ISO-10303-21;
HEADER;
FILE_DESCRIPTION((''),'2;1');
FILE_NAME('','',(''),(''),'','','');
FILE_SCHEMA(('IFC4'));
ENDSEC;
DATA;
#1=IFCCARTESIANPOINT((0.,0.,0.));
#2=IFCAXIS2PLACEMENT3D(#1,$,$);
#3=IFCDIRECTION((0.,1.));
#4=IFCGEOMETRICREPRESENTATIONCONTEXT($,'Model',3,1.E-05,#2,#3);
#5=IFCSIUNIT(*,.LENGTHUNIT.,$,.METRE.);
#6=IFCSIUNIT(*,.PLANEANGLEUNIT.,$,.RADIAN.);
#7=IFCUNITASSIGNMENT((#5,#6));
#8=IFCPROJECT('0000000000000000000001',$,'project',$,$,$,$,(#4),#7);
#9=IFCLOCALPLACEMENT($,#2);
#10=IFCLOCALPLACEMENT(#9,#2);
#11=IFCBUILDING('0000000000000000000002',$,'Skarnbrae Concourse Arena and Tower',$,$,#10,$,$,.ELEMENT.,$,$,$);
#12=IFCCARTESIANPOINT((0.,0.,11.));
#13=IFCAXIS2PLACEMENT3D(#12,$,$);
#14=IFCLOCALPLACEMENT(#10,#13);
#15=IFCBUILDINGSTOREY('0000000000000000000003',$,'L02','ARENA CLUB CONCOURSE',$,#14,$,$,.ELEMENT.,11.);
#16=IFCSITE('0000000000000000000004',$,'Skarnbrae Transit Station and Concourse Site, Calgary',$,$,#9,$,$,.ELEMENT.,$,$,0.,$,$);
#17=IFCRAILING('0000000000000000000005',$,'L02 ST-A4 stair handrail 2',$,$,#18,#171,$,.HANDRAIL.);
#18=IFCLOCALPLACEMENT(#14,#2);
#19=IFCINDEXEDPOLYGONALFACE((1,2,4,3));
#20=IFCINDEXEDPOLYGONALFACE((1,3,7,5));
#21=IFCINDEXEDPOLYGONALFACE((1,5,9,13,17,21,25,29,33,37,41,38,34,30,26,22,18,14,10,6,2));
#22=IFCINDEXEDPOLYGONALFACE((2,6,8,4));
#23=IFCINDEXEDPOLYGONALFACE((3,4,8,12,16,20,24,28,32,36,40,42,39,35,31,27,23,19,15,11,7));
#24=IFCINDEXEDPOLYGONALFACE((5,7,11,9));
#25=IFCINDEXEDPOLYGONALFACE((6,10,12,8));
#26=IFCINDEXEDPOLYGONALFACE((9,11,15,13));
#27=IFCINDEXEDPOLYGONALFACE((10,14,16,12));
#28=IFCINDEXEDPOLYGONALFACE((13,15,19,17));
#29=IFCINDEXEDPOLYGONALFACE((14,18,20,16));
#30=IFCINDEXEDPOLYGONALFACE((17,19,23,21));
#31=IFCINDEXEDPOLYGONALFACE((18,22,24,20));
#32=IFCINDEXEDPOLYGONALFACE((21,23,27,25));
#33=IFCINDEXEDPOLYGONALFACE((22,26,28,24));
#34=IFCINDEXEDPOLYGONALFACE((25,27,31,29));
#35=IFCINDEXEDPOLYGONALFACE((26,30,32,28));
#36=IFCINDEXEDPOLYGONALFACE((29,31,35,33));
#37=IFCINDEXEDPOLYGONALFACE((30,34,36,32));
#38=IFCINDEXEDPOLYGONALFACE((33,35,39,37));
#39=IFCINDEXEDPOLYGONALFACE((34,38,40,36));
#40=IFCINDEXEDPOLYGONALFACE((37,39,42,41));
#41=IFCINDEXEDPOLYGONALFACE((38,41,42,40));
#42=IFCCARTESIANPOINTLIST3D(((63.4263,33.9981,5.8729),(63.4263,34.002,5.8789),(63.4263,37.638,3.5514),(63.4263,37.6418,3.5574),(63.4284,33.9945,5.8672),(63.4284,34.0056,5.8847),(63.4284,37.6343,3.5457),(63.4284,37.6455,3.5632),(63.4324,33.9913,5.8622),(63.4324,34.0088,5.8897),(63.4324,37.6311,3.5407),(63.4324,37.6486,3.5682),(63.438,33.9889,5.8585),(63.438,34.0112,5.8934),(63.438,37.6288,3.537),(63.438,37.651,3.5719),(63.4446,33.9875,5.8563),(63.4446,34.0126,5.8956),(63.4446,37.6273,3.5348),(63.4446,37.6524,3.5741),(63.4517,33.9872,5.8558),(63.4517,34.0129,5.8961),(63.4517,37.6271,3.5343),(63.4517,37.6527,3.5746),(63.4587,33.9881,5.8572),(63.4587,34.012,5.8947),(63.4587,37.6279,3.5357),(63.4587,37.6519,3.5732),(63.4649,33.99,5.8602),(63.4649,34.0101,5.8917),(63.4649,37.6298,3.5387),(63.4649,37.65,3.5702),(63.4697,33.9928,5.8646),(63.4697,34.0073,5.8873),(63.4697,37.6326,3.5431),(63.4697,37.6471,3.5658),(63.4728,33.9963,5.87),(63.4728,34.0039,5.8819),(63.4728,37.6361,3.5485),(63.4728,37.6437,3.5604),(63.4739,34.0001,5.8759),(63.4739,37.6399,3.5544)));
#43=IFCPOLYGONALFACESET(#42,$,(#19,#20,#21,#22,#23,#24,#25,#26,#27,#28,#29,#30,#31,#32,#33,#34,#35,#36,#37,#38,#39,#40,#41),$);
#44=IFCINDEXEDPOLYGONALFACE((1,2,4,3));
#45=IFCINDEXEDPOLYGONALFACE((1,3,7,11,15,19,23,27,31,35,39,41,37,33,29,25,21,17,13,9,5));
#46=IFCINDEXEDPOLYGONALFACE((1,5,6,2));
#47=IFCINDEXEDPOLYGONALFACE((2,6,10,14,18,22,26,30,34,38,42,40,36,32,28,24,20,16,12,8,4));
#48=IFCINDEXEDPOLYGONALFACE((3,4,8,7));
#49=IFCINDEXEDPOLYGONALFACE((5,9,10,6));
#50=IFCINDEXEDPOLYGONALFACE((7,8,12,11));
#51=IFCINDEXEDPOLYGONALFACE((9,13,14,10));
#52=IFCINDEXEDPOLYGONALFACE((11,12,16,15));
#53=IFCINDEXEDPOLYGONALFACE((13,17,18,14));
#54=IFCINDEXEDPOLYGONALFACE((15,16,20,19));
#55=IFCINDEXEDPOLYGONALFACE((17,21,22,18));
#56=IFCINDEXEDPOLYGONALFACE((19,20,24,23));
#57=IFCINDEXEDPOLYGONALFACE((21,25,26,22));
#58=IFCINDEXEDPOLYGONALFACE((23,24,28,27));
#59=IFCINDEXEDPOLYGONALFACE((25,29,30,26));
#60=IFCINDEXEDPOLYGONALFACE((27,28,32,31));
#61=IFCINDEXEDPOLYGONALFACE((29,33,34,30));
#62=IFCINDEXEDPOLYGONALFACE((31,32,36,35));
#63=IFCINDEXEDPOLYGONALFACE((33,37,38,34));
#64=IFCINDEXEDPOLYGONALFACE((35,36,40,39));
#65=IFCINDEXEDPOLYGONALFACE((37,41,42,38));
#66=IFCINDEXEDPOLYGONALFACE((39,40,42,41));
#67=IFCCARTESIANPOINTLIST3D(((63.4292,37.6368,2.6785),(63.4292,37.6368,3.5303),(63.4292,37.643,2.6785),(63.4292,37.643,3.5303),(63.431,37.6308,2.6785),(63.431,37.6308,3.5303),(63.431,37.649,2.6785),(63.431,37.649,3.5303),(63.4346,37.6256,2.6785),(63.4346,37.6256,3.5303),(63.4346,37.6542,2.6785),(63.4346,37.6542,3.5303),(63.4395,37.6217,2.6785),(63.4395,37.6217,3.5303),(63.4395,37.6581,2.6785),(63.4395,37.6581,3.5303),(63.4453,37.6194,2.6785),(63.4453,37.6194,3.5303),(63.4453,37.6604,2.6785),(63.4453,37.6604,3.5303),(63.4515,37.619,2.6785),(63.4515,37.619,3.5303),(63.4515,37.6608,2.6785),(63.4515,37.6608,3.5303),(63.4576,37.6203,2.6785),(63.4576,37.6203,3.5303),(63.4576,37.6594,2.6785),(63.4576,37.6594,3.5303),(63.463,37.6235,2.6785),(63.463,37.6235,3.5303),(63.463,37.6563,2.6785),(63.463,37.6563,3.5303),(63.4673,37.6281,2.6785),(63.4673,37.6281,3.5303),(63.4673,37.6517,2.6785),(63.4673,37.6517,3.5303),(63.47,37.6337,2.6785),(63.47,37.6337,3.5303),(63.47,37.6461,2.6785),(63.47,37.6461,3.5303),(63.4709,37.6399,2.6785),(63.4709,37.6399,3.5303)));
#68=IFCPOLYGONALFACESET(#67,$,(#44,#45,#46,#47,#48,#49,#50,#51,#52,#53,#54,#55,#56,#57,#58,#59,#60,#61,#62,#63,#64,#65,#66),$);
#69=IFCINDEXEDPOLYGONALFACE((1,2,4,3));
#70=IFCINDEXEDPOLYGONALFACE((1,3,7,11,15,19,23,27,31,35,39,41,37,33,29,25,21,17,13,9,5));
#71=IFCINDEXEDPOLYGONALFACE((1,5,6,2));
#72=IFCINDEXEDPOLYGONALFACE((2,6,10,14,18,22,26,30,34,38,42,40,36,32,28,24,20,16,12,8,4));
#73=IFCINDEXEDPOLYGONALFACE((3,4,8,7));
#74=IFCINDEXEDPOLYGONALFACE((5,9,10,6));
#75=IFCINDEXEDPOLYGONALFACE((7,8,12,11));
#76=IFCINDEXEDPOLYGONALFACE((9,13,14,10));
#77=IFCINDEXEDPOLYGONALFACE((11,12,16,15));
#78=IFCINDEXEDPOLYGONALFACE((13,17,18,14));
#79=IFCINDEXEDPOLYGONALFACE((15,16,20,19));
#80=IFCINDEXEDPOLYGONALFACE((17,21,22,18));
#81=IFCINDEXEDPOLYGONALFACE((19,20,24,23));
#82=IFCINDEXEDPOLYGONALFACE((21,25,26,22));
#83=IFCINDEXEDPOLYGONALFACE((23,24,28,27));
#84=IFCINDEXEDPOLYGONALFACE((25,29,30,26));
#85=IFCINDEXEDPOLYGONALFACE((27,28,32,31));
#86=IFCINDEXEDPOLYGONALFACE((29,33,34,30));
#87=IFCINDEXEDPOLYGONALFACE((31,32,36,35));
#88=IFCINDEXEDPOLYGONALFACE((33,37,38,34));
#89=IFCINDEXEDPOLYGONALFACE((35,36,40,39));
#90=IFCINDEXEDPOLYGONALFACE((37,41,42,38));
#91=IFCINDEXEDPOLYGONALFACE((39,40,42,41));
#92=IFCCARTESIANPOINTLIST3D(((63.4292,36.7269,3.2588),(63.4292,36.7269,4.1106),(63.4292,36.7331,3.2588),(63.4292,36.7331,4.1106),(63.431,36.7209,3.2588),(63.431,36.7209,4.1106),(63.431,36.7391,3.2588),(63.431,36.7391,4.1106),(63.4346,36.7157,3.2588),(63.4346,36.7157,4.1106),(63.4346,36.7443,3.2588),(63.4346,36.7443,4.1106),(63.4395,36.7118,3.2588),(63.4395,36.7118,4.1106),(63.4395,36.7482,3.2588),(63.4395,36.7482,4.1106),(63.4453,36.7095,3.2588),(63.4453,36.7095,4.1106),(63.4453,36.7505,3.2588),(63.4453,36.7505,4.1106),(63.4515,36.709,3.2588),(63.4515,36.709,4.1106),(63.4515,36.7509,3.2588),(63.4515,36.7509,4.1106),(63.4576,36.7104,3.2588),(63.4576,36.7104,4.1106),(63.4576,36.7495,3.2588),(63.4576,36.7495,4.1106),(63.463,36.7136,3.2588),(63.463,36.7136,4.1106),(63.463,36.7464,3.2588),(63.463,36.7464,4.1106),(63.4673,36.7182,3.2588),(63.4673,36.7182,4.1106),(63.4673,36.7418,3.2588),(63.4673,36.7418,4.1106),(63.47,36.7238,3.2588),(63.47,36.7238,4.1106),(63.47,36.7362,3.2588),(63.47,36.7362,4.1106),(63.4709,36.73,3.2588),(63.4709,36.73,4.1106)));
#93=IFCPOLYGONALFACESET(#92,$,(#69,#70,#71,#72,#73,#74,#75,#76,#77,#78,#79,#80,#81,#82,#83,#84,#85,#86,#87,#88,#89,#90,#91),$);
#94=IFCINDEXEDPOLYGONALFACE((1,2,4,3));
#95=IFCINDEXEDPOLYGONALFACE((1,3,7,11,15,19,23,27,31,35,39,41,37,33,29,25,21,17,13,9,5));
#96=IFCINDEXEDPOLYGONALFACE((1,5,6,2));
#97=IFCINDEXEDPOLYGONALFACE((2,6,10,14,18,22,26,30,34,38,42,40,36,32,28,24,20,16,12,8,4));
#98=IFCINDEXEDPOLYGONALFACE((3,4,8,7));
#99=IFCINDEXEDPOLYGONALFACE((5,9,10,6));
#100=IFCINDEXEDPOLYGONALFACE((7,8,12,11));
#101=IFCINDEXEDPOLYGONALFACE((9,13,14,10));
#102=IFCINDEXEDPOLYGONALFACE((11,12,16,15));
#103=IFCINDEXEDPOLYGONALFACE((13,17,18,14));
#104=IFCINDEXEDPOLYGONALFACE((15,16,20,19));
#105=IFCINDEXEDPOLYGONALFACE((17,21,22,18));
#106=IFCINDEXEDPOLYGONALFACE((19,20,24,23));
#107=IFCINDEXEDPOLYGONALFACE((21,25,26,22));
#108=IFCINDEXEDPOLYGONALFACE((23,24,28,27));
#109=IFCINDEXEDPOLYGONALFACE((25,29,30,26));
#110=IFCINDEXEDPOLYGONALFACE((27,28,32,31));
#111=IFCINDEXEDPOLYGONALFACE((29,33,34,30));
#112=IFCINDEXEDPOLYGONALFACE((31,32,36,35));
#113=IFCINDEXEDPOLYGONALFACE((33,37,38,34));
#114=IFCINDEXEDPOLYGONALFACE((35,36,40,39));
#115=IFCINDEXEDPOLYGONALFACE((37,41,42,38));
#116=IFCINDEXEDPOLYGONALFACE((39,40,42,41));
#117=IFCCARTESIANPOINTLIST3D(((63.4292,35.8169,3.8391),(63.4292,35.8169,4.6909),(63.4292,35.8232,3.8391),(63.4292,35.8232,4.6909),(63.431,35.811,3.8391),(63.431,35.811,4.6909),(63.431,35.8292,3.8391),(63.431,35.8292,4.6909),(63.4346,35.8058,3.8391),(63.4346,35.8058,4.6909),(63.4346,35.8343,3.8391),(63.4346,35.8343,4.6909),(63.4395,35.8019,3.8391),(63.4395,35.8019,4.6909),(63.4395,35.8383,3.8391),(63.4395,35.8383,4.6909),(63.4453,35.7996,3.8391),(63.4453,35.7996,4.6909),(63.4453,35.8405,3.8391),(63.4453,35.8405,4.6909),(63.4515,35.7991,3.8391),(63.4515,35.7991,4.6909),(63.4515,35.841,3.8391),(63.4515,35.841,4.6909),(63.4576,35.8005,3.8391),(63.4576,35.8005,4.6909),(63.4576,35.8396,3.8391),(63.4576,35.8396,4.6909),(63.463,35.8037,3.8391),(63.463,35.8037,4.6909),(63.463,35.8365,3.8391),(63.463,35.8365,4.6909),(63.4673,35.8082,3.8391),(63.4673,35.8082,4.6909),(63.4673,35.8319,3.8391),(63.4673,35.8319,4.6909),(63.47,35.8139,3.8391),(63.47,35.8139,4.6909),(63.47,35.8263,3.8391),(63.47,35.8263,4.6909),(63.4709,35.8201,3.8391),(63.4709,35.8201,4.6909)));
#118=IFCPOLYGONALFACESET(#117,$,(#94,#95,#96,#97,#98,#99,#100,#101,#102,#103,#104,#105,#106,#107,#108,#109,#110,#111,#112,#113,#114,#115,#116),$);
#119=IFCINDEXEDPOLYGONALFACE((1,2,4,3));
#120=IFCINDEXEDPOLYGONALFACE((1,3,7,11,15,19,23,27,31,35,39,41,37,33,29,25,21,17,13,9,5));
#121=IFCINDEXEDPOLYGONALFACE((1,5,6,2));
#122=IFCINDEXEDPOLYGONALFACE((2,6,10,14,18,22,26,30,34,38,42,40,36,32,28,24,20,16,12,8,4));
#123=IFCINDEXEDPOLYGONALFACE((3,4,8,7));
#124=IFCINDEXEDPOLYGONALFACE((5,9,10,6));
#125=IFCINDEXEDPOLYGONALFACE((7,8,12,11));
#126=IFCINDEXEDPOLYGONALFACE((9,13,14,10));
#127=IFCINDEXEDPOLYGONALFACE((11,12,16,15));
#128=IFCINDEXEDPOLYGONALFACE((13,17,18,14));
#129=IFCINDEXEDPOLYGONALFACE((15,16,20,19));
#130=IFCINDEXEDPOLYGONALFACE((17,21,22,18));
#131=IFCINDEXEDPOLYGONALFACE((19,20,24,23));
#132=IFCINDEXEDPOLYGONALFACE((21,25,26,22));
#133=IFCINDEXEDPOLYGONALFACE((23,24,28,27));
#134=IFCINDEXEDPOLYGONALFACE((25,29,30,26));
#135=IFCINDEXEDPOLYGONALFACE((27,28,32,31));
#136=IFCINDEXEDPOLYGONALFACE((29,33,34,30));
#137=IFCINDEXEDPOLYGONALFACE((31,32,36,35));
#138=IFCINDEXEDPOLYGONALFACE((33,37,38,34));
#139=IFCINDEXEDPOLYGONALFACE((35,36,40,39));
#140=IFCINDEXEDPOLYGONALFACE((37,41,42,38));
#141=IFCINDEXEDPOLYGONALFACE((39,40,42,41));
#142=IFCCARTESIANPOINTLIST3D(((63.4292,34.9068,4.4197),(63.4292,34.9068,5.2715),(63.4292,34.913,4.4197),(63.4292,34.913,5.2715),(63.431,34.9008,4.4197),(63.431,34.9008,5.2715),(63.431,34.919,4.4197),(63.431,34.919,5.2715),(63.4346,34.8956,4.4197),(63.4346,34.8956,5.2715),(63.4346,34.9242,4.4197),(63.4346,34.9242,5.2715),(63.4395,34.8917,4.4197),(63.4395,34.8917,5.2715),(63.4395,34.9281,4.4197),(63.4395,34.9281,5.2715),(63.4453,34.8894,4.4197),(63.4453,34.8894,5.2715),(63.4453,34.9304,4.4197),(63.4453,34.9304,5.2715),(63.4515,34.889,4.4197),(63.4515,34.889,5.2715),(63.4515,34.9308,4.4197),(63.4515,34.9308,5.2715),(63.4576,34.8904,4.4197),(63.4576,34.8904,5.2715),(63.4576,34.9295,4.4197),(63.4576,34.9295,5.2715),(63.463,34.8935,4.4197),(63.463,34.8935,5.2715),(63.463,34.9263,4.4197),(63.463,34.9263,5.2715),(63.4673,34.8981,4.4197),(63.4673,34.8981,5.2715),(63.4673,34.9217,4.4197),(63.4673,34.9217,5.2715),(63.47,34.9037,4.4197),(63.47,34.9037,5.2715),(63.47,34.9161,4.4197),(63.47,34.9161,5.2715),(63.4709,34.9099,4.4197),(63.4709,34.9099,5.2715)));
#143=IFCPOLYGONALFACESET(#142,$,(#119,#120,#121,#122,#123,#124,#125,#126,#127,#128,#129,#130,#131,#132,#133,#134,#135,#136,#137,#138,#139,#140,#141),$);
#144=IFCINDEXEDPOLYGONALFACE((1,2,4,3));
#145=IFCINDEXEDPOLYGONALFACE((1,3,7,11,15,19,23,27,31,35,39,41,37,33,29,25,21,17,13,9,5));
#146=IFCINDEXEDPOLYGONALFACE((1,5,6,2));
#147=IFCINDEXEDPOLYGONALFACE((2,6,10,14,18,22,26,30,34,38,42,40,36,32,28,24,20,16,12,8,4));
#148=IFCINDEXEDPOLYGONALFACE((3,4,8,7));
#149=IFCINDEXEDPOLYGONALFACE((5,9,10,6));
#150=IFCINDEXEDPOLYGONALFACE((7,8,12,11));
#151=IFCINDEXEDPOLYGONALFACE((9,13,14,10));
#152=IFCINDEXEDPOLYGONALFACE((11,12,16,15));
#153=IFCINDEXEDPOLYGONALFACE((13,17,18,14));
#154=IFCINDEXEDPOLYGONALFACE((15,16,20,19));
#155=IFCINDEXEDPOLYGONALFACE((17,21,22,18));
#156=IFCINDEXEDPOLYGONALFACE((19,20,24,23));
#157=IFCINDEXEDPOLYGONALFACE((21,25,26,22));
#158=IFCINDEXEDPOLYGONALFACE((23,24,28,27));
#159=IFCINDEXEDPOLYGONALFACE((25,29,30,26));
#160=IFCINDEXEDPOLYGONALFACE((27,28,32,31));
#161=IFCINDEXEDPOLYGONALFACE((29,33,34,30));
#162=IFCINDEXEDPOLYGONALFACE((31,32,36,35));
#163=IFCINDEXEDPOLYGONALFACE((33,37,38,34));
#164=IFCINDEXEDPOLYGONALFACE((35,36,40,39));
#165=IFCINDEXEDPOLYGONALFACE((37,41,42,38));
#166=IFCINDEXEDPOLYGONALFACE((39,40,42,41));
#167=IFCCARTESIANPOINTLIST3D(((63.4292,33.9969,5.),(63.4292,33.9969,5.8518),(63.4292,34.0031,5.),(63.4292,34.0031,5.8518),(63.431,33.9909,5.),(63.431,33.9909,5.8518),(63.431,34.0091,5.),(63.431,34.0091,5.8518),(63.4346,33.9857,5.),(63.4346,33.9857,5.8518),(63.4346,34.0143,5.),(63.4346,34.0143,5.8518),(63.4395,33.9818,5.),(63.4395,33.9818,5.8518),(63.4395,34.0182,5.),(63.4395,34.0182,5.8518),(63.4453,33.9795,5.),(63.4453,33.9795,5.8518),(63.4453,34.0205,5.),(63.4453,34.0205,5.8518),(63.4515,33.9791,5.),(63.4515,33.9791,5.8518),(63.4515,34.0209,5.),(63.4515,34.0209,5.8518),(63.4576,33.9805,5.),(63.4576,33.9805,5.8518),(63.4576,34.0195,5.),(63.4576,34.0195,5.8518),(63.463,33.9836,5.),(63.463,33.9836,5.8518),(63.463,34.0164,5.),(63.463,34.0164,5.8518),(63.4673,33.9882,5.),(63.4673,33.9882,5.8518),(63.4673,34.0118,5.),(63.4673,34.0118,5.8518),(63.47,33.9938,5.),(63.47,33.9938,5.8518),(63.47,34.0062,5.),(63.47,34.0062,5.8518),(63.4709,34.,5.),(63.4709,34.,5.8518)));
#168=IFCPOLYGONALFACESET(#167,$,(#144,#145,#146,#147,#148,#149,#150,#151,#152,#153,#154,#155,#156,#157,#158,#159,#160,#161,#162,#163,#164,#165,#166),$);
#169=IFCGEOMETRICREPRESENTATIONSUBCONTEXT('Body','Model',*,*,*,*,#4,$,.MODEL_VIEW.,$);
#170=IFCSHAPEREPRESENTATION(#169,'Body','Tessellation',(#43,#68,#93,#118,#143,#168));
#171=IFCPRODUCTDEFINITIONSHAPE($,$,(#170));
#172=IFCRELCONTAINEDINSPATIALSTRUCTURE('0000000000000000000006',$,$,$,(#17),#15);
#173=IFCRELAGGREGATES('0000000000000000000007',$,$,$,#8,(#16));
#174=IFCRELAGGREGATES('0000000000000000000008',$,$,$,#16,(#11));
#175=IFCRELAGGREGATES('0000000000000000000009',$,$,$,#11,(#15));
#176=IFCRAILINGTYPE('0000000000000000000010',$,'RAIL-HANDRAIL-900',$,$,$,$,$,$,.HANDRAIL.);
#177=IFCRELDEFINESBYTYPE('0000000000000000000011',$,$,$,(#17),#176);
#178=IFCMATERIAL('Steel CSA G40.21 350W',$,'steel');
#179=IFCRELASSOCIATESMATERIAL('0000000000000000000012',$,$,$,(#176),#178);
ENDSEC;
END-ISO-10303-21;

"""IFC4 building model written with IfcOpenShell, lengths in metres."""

from ifc_helpers import new_model, si_unit, direction, frame, origin, origin_2d, place, context, subcontext, project, spatial, circle, extrude, material, type_object, element, save


model = new_model("IFC4")

# Units and contexts
model_context = context("Model", 3, precision=1e-05, world=origin(), true_north=direction((0.0, 1.0)))
body_context = subcontext(model_context, "Body", "Model", "MODEL_VIEW")
ifc_project = project(units=[si_unit("LENGTHUNIT", "METRE"), si_unit("PLANEANGLEUNIT", "RADIAN")], contexts=[model_context])

# Site, building, storey
site_placement = place(None, origin())
site = spatial("IfcSite", under=ifc_project, at=site_placement, Name="Skarnbrae Transit Station and Concourse Site, Calgary", CompositionType="ELEMENT", RefElevation=0.0)
building_placement = place(site_placement, origin())
building = spatial("IfcBuilding", under=site, at=building_placement, Name="Skarnbrae Concourse Arena and Tower", CompositionType="ELEMENT")
storey_placement = place(building_placement, frame((0.0, 0.0, 11.0)))
storey = spatial("IfcBuildingStorey", under=building, at=storey_placement, Name="L02", Description="ARENA CLUB CONCOURSE", CompositionType="ELEMENT", Elevation=11.0)

# Shared definitions
ifc_material_1 = material(Name="Steel CSA G40.21 350W", Category="steel")

# Railing
railing_type_1 = type_object("IfcRailingType", Name="RAIL-HANDRAIL-900", PredefinedType="HANDRAIL", material=ifc_material_1)
railing_1_placement = place(storey_placement, frame((63.45, 37.6399, 2.6785)))
element("IfcRailing", 1, at=railing_1_placement, inside=storey, type_object=railing_type_1, Name="L02 ST-A4 stair handrail 2", PredefinedType="HANDRAIL", context=body_context, shape_type="SweptSolid", body=[
    extrude(circle(Radius=0.0239, at=origin_2d()), frame((0.0, 0.0, 0.876), z_axis=(0.0, -0.843112, 0.537739), x_axis=(1.0, 0.0, 0.0)), (0.0, 0.0, 1.0), 4.3171),
    extrude(circle(Radius=0.021, at=origin_2d()), origin(), (0.0, 0.0, 1.0), 0.8518),
    extrude(circle(Radius=0.021, at=origin_2d()), frame((0.0, -0.9099, 0.5803)), (0.0, 0.0, 1.0), 0.8518),
    extrude(circle(Radius=0.021, at=origin_2d()), frame((0.0, -1.8198, 1.1606)), (0.0, 0.0, 1.0), 0.8518),
    extrude(circle(Radius=0.021, at=origin_2d()), frame((0.0, -2.73, 1.7412)), (0.0, 0.0, 1.0), 0.8518),
    extrude(circle(Radius=0.021, at=origin_2d()), frame((0.0, -3.6399, 2.3215)), (0.0, 0.0, 1.0), 0.8518),
])

save(model, "model.ifc")
